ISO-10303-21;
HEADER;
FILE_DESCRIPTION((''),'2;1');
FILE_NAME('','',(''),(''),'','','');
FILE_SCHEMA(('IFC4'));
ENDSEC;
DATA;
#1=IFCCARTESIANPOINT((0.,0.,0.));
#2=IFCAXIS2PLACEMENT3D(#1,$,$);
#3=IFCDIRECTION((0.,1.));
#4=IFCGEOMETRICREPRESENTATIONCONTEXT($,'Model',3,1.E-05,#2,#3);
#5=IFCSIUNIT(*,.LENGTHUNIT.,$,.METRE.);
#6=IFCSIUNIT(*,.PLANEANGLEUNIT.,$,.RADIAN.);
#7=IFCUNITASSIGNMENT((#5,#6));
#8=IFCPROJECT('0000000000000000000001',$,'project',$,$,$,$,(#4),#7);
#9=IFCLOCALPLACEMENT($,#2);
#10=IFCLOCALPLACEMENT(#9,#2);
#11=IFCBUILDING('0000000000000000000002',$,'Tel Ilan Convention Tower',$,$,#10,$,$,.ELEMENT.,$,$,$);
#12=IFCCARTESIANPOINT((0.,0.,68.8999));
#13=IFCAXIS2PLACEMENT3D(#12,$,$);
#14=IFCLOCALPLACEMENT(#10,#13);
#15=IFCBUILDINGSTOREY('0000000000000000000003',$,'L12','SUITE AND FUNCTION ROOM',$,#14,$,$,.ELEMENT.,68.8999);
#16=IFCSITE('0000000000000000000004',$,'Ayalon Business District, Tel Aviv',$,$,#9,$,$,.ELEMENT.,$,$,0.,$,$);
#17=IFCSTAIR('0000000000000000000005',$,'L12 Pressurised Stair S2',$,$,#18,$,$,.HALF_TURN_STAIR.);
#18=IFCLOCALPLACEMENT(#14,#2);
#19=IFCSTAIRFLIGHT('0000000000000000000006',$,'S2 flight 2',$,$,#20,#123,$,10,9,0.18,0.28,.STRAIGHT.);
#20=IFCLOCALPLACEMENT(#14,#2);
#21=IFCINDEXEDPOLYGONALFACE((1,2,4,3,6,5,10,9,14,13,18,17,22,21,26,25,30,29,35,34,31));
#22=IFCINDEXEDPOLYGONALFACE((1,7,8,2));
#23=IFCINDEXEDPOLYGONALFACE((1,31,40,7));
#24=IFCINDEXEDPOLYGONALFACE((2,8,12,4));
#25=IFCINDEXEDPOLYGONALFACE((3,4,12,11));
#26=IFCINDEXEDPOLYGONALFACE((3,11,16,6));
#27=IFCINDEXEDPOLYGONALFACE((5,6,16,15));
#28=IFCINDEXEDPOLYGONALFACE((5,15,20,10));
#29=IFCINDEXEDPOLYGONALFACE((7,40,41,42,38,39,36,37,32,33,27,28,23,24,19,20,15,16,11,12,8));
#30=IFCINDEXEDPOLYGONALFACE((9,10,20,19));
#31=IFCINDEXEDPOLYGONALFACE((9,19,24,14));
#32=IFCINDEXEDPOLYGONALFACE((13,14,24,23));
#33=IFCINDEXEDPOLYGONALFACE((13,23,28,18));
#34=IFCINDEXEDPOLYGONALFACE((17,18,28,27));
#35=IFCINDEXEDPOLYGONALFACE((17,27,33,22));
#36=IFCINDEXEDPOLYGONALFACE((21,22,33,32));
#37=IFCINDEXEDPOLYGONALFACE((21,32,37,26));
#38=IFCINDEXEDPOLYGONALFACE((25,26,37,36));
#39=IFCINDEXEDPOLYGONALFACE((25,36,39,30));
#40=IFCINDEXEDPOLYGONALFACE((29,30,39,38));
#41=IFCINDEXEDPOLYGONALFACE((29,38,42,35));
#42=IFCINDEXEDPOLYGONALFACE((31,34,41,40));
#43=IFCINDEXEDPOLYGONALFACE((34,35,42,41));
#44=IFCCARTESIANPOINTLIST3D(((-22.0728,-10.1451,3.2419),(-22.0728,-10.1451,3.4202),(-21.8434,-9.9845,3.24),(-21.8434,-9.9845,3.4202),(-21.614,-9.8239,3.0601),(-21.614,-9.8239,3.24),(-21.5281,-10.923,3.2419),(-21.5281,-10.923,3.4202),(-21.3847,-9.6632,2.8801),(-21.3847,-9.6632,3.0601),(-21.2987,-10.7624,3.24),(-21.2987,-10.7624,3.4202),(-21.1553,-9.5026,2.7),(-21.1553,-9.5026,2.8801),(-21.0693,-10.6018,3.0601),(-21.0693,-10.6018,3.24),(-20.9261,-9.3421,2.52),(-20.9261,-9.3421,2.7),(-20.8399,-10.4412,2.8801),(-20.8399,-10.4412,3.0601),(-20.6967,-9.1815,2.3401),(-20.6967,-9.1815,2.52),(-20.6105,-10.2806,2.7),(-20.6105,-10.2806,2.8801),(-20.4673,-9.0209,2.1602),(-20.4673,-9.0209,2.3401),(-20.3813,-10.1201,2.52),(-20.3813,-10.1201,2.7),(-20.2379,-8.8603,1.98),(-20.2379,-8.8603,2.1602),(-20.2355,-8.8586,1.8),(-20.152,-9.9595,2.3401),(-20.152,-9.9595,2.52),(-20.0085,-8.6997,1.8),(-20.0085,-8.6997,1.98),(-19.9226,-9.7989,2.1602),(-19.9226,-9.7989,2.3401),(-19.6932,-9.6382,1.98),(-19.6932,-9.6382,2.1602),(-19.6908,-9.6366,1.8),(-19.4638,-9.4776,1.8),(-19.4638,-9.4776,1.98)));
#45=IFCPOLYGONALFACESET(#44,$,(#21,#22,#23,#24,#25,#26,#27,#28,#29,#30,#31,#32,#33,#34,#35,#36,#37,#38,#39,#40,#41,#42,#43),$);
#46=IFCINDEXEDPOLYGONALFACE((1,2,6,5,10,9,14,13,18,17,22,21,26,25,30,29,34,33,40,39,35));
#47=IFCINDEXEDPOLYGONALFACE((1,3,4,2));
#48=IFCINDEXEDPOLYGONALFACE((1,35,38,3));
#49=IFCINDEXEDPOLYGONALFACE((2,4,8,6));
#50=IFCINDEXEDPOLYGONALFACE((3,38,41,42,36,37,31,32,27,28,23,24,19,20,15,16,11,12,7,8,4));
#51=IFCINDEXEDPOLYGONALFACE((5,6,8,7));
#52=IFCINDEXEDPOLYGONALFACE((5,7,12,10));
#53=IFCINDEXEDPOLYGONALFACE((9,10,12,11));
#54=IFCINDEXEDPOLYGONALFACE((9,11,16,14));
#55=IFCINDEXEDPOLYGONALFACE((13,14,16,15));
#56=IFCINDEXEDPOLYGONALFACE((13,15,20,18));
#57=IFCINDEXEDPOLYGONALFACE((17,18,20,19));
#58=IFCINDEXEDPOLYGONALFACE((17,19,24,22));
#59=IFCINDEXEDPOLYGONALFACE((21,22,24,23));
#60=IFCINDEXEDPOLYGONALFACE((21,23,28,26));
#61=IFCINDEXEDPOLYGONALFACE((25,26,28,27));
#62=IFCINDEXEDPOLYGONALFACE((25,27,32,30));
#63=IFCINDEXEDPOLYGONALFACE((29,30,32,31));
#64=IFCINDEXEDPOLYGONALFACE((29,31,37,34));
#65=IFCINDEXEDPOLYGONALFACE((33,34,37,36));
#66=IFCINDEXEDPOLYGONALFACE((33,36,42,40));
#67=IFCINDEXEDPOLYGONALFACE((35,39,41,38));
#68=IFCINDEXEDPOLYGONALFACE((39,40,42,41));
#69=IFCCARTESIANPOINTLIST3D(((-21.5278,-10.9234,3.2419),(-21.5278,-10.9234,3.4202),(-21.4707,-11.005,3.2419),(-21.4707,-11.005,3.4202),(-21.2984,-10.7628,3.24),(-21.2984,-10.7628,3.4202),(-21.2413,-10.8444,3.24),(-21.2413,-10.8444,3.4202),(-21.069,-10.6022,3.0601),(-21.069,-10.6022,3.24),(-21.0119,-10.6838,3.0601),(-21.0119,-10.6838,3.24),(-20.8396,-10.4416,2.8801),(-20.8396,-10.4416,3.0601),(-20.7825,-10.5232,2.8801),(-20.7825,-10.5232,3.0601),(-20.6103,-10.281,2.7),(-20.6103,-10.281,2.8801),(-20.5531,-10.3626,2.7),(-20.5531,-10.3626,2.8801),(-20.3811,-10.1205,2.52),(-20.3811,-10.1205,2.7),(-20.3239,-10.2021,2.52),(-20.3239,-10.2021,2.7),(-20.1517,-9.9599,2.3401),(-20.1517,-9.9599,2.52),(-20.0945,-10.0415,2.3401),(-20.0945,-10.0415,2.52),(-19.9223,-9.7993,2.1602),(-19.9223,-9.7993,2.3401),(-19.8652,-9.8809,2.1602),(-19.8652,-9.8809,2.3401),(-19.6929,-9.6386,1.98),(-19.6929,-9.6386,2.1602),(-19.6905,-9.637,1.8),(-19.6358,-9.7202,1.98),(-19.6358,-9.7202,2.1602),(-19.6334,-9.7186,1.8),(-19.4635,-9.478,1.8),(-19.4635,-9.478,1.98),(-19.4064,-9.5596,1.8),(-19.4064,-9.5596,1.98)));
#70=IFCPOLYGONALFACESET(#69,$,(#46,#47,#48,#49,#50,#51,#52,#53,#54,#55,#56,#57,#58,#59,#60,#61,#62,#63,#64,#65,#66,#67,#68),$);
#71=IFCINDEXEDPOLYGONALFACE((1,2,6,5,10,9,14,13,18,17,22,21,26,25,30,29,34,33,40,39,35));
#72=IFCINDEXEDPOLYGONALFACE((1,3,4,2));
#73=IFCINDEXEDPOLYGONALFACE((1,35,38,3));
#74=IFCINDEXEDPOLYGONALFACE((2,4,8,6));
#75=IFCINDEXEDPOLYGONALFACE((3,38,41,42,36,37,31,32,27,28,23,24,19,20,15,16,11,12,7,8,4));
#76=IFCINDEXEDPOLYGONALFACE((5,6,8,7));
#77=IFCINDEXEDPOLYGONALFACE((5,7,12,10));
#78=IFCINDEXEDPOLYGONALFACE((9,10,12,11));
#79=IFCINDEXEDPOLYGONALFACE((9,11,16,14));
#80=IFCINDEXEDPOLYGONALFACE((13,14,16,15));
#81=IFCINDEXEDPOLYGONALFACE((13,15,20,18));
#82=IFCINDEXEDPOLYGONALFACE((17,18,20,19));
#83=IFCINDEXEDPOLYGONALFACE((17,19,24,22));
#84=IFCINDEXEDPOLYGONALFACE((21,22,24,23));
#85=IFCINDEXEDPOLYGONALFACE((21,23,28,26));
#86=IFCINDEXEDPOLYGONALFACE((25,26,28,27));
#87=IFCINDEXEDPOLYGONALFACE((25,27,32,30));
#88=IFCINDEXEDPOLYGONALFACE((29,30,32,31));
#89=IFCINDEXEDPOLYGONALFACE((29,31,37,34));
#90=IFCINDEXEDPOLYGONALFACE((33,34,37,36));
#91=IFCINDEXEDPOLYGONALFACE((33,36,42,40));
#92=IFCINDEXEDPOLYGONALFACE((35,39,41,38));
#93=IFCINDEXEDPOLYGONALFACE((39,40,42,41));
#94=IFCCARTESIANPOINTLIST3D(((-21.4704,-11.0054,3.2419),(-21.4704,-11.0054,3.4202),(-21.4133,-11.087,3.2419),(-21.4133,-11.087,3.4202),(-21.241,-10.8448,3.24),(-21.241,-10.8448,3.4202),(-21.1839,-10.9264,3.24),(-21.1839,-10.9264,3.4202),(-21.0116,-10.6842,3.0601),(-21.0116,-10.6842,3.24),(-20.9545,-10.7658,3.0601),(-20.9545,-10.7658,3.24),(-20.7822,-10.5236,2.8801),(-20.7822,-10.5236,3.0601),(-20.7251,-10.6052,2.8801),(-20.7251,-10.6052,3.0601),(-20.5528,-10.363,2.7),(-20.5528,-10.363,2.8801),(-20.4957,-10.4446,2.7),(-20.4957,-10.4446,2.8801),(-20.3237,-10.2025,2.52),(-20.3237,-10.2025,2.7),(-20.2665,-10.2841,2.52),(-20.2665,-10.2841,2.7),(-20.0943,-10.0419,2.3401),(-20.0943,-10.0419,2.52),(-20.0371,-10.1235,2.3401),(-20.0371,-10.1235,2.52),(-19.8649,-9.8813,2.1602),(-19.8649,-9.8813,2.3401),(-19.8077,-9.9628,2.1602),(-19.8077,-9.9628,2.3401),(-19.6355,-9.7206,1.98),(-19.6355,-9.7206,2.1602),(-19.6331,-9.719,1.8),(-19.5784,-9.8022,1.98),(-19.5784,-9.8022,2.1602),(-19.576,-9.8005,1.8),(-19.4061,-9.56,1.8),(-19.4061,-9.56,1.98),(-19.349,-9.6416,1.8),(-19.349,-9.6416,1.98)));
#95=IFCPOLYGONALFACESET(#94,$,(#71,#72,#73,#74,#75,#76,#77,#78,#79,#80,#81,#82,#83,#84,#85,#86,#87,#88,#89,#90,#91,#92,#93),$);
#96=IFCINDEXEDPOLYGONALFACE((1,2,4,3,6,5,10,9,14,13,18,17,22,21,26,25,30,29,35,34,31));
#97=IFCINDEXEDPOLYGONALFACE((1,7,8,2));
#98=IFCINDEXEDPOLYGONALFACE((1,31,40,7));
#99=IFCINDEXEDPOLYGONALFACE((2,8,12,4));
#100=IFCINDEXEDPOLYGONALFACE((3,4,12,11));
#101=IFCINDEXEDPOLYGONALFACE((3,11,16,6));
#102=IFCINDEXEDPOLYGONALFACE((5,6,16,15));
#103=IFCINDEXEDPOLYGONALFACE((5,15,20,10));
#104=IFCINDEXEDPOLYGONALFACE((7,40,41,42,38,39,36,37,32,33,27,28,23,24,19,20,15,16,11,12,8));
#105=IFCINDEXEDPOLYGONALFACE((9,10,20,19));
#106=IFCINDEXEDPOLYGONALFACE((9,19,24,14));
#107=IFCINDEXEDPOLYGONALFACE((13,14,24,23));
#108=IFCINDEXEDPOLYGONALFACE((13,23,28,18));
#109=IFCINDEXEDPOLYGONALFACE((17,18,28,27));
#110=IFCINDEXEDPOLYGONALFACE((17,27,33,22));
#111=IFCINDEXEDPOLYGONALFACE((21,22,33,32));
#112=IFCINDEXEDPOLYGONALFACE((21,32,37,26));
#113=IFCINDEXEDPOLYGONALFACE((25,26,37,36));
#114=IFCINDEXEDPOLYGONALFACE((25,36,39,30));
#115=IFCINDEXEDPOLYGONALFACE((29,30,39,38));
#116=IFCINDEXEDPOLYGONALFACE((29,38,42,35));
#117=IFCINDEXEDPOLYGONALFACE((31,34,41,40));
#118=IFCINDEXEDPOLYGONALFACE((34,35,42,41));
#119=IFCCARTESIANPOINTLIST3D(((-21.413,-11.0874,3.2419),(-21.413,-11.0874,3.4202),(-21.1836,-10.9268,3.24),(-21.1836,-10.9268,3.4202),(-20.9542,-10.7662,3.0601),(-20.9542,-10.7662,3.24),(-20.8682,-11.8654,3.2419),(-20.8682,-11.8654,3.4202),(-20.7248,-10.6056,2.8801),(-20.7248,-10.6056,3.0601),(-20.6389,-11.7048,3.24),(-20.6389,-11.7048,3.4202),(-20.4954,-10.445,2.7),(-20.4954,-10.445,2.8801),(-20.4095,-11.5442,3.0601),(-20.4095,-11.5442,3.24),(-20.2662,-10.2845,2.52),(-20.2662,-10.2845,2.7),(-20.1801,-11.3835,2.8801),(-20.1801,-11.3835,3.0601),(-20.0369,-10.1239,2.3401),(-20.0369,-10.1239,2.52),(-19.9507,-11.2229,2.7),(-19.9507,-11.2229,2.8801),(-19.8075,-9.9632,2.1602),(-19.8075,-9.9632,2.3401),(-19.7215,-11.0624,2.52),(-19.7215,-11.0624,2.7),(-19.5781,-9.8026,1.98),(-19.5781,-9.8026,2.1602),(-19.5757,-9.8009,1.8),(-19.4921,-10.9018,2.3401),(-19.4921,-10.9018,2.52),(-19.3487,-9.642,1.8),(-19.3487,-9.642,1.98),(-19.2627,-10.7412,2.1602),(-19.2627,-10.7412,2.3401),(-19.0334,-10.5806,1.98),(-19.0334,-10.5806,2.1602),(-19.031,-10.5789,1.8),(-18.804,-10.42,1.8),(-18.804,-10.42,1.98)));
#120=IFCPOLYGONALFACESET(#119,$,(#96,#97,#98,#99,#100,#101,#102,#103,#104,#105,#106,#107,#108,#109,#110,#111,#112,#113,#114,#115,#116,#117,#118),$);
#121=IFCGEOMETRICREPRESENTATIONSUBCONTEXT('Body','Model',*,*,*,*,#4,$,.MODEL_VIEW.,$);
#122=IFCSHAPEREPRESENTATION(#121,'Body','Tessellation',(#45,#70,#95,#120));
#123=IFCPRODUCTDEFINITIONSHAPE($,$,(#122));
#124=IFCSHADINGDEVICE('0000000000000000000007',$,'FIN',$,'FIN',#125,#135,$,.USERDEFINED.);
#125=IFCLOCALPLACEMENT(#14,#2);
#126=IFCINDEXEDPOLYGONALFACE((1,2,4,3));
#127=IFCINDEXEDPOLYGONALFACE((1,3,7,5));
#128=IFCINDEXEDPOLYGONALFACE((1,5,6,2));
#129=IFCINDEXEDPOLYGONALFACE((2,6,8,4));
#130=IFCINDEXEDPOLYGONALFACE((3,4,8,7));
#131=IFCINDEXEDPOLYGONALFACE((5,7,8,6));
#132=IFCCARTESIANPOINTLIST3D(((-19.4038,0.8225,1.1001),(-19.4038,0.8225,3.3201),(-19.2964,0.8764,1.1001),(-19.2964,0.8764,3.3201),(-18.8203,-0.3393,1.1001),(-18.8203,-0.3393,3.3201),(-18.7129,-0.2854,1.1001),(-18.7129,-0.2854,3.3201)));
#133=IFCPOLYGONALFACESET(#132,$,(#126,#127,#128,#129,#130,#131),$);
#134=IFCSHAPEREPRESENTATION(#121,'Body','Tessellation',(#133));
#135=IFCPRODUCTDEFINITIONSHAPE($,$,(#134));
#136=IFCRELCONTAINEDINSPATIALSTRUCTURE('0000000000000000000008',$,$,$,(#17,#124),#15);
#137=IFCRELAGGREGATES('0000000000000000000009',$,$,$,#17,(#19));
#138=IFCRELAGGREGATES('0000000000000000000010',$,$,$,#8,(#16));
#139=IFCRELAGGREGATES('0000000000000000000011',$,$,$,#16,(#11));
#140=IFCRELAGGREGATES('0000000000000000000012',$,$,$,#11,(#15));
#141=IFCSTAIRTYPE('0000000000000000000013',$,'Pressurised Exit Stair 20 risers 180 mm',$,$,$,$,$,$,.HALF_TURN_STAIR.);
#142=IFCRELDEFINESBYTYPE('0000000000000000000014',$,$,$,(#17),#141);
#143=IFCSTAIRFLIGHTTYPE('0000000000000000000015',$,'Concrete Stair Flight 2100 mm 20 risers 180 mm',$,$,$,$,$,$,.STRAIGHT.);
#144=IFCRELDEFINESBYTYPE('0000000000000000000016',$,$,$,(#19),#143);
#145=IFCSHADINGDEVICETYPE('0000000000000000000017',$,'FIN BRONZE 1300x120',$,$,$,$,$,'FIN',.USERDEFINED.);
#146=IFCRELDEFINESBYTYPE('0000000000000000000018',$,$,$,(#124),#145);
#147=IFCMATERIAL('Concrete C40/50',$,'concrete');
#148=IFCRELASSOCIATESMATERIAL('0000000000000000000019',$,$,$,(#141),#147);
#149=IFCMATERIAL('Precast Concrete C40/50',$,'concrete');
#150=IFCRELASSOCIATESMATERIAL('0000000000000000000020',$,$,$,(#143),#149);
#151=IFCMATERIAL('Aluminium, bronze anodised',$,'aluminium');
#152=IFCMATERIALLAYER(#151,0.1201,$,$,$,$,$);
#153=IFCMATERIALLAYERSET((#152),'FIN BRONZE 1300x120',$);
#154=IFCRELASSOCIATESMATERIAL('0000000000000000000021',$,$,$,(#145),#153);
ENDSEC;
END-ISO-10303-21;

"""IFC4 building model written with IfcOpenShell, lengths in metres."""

from ifc_helpers import new_model, si_unit, direction, frame, origin, origin_2d, place, context, subcontext, project, spatial, polyline, rectangle, outline, extrude, material, layer, layer_set, type_object, element, aggregate, save


model = new_model("IFC4")

# Units and contexts
model_context = context("Model", 3, precision=1e-05, world=origin(), true_north=direction((0.0, 1.0)))
body_context = subcontext(model_context, "Body", "Model", "MODEL_VIEW")
ifc_project = project(units=[si_unit("LENGTHUNIT", "METRE"), si_unit("PLANEANGLEUNIT", "RADIAN")], contexts=[model_context])

# Site, building, storey
site_placement = place(None, origin())
site = spatial("IfcSite", under=ifc_project, at=site_placement, Name="Ayalon Business District, Tel Aviv", CompositionType="ELEMENT", RefElevation=0.0)
building_placement = place(site_placement, origin())
building = spatial("IfcBuilding", under=site, at=building_placement, Name="Tel Ilan Convention Tower", CompositionType="ELEMENT")
storey_placement = place(building_placement, frame((0.0, 0.0, 68.8999)))
storey = spatial("IfcBuildingStorey", under=building, at=storey_placement, Name="L12", Description="SUITE AND FUNCTION ROOM", CompositionType="ELEMENT", Elevation=68.8999)

# Stair, stair flight
ifc_material_1 = material(Name="Concrete C40/50", Category="concrete")
stair_type = type_object("IfcStairType", Name="Pressurised Exit Stair 20 risers 180 mm", PredefinedType="HALF_TURN_STAIR", material=ifc_material_1)
ifc_material_2 = material(Name="Precast Concrete C40/50", Category="concrete")
stair_flight_type = type_object("IfcStairFlightType", Name="Concrete Stair Flight 2100 mm 20 risers 180 mm", PredefinedType="STRAIGHT", material=ifc_material_2)
stair_1_placement = place(storey_placement, origin())
stair_1 = element("IfcStair", 1, at=stair_1_placement, inside=storey, type_object=stair_type, Name="L12 Pressurised Stair S2", PredefinedType="HALF_TURN_STAIR")
stair_flight_1_placement = place(storey_placement, frame((-19.4062, -9.5598, 1.8), z_axis=(0.0, 0.0, 1.0), x_axis=(-0.819152, -0.573576, 0.0)))
stair_flight_1 = element("IfcStairFlight", 2, at=stair_flight_1_placement, type_object=stair_flight_type, Name="S2 flight 2", NumberOfRisers=10, NumberOfTreads=9, PredefinedType="STRAIGHT", RiserHeight=0.18, TreadLength=0.28, context=body_context, shape_type="SweptSolid", body=[
    extrude(outline(polyline([(0.0, 0.0), (0.0, 0.1799), (0.28, 0.1799), (0.28, 0.3601), (0.5601, 0.3601), (0.5601, 0.54), (0.8401, 0.54), (0.8401, 0.72), (1.1201, 0.72), (1.1201, 0.8999), (1.3999, 0.8999), (1.3999, 1.0801), (1.6799, 1.0801), (1.6799, 1.26), (1.96, 1.26), (1.96, 1.4399), (2.24, 1.4399), (2.24, 1.6201), (2.52, 1.6201), (2.52, 1.8), (2.52, 1.4419), (0.2771, 0.0), (0.0, 0.0)])), frame((0.0, -0.1003, 0.0), z_axis=(0.0, -1.0, 0.0), x_axis=(1.0, 0.0, 0.0)), (0.0, 0.0, 1.0), 0.9497),
    extrude(outline(polyline([(0.0, 0.0), (0.0, 0.1799), (0.28, 0.1799), (0.28, 0.3601), (0.5601, 0.3601), (0.5601, 0.54), (0.8401, 0.54), (0.8401, 0.72), (1.1201, 0.72), (1.1201, 0.8999), (1.3999, 0.8999), (1.3999, 1.0801), (1.6799, 1.0801), (1.6799, 1.26), (1.96, 1.26), (1.96, 1.4399), (2.24, 1.4399), (2.24, 1.6201), (2.52, 1.6201), (2.52, 1.8), (2.52, 1.4419), (0.2771, 0.0), (0.0, 0.0)])), frame((0.0, -0.0002, 0.0), z_axis=(0.0, -1.0, 0.0), x_axis=(1.0, 0.0, 0.0)), (0.0, 0.0, 1.0), 0.0996),
    extrude(outline(polyline([(0.0, 0.0), (0.0, 0.1799), (0.28, 0.1799), (0.28, 0.3601), (0.5601, 0.3601), (0.5601, 0.54), (0.8401, 0.54), (0.8401, 0.72), (1.1201, 0.72), (1.1201, 0.8999), (1.3999, 0.8999), (1.3999, 1.0801), (1.6799, 1.0801), (1.6799, 1.26), (1.96, 1.26), (1.96, 1.4399), (2.24, 1.4399), (2.24, 1.6201), (2.52, 1.6201), (2.52, 1.8), (2.52, 1.4419), (0.2771, 0.0), (0.0, 0.0)])), frame((0.0, 0.0999, 0.0), z_axis=(0.0, -1.0, 0.0), x_axis=(1.0, 0.0, 0.0)), (0.0, 0.0, 1.0), 0.0996),
    extrude(outline(polyline([(0.0, 0.0), (0.0, 0.1799), (0.28, 0.1799), (0.28, 0.3601), (0.5601, 0.3601), (0.5601, 0.54), (0.8401, 0.54), (0.8401, 0.72), (1.1201, 0.72), (1.1201, 0.8999), (1.3999, 0.8999), (1.3999, 1.0801), (1.6799, 1.0801), (1.6799, 1.26), (1.96, 1.26), (1.96, 1.4399), (2.24, 1.4399), (2.24, 1.6201), (2.52, 1.6201), (2.52, 1.8), (2.52, 1.4419), (0.2771, 0.0), (0.0, 0.0)])), frame((0.0, 1.05, 0.0), z_axis=(0.0, -1.0, 0.0), x_axis=(1.0, 0.0, 0.0)), (0.0, 0.0, 1.0), 0.9497),
])
aggregate(stair_1, [stair_flight_1])

# Shading device
ifc_material_3 = material(Name="Aluminium, bronze anodised", Category="aluminium")
ifc_layer_1 = layer(ifc_material_3, 0.1201)
ifc_layer_set_1 = layer_set([ifc_layer_1], Name="FIN BRONZE 1300x120")
shading_device_type = type_object("IfcShadingDeviceType", Name="FIN BRONZE 1300x120", ElementType="FIN", PredefinedType="USERDEFINED", material=ifc_layer_set_1)
shading_device_placement = place(storey_placement, frame((-19.0583, 0.2686, 1.1001), z_axis=(0.0, 0.0, 1.0), x_axis=(-0.448799, 0.893633, 0.0)))
element("IfcShadingDevice", 3, at=shading_device_placement, inside=storey, type_object=shading_device_type, Name="FIN", ObjectType="FIN", PredefinedType="USERDEFINED", context=body_context, shape_type="SweptSolid", body=[
    extrude(rectangle(XDim=1.3, YDim=0.1201, at=origin_2d()), origin(), (0.0, 0.0, 1.0), 2.22),
])

save(model, "model.ifc")
